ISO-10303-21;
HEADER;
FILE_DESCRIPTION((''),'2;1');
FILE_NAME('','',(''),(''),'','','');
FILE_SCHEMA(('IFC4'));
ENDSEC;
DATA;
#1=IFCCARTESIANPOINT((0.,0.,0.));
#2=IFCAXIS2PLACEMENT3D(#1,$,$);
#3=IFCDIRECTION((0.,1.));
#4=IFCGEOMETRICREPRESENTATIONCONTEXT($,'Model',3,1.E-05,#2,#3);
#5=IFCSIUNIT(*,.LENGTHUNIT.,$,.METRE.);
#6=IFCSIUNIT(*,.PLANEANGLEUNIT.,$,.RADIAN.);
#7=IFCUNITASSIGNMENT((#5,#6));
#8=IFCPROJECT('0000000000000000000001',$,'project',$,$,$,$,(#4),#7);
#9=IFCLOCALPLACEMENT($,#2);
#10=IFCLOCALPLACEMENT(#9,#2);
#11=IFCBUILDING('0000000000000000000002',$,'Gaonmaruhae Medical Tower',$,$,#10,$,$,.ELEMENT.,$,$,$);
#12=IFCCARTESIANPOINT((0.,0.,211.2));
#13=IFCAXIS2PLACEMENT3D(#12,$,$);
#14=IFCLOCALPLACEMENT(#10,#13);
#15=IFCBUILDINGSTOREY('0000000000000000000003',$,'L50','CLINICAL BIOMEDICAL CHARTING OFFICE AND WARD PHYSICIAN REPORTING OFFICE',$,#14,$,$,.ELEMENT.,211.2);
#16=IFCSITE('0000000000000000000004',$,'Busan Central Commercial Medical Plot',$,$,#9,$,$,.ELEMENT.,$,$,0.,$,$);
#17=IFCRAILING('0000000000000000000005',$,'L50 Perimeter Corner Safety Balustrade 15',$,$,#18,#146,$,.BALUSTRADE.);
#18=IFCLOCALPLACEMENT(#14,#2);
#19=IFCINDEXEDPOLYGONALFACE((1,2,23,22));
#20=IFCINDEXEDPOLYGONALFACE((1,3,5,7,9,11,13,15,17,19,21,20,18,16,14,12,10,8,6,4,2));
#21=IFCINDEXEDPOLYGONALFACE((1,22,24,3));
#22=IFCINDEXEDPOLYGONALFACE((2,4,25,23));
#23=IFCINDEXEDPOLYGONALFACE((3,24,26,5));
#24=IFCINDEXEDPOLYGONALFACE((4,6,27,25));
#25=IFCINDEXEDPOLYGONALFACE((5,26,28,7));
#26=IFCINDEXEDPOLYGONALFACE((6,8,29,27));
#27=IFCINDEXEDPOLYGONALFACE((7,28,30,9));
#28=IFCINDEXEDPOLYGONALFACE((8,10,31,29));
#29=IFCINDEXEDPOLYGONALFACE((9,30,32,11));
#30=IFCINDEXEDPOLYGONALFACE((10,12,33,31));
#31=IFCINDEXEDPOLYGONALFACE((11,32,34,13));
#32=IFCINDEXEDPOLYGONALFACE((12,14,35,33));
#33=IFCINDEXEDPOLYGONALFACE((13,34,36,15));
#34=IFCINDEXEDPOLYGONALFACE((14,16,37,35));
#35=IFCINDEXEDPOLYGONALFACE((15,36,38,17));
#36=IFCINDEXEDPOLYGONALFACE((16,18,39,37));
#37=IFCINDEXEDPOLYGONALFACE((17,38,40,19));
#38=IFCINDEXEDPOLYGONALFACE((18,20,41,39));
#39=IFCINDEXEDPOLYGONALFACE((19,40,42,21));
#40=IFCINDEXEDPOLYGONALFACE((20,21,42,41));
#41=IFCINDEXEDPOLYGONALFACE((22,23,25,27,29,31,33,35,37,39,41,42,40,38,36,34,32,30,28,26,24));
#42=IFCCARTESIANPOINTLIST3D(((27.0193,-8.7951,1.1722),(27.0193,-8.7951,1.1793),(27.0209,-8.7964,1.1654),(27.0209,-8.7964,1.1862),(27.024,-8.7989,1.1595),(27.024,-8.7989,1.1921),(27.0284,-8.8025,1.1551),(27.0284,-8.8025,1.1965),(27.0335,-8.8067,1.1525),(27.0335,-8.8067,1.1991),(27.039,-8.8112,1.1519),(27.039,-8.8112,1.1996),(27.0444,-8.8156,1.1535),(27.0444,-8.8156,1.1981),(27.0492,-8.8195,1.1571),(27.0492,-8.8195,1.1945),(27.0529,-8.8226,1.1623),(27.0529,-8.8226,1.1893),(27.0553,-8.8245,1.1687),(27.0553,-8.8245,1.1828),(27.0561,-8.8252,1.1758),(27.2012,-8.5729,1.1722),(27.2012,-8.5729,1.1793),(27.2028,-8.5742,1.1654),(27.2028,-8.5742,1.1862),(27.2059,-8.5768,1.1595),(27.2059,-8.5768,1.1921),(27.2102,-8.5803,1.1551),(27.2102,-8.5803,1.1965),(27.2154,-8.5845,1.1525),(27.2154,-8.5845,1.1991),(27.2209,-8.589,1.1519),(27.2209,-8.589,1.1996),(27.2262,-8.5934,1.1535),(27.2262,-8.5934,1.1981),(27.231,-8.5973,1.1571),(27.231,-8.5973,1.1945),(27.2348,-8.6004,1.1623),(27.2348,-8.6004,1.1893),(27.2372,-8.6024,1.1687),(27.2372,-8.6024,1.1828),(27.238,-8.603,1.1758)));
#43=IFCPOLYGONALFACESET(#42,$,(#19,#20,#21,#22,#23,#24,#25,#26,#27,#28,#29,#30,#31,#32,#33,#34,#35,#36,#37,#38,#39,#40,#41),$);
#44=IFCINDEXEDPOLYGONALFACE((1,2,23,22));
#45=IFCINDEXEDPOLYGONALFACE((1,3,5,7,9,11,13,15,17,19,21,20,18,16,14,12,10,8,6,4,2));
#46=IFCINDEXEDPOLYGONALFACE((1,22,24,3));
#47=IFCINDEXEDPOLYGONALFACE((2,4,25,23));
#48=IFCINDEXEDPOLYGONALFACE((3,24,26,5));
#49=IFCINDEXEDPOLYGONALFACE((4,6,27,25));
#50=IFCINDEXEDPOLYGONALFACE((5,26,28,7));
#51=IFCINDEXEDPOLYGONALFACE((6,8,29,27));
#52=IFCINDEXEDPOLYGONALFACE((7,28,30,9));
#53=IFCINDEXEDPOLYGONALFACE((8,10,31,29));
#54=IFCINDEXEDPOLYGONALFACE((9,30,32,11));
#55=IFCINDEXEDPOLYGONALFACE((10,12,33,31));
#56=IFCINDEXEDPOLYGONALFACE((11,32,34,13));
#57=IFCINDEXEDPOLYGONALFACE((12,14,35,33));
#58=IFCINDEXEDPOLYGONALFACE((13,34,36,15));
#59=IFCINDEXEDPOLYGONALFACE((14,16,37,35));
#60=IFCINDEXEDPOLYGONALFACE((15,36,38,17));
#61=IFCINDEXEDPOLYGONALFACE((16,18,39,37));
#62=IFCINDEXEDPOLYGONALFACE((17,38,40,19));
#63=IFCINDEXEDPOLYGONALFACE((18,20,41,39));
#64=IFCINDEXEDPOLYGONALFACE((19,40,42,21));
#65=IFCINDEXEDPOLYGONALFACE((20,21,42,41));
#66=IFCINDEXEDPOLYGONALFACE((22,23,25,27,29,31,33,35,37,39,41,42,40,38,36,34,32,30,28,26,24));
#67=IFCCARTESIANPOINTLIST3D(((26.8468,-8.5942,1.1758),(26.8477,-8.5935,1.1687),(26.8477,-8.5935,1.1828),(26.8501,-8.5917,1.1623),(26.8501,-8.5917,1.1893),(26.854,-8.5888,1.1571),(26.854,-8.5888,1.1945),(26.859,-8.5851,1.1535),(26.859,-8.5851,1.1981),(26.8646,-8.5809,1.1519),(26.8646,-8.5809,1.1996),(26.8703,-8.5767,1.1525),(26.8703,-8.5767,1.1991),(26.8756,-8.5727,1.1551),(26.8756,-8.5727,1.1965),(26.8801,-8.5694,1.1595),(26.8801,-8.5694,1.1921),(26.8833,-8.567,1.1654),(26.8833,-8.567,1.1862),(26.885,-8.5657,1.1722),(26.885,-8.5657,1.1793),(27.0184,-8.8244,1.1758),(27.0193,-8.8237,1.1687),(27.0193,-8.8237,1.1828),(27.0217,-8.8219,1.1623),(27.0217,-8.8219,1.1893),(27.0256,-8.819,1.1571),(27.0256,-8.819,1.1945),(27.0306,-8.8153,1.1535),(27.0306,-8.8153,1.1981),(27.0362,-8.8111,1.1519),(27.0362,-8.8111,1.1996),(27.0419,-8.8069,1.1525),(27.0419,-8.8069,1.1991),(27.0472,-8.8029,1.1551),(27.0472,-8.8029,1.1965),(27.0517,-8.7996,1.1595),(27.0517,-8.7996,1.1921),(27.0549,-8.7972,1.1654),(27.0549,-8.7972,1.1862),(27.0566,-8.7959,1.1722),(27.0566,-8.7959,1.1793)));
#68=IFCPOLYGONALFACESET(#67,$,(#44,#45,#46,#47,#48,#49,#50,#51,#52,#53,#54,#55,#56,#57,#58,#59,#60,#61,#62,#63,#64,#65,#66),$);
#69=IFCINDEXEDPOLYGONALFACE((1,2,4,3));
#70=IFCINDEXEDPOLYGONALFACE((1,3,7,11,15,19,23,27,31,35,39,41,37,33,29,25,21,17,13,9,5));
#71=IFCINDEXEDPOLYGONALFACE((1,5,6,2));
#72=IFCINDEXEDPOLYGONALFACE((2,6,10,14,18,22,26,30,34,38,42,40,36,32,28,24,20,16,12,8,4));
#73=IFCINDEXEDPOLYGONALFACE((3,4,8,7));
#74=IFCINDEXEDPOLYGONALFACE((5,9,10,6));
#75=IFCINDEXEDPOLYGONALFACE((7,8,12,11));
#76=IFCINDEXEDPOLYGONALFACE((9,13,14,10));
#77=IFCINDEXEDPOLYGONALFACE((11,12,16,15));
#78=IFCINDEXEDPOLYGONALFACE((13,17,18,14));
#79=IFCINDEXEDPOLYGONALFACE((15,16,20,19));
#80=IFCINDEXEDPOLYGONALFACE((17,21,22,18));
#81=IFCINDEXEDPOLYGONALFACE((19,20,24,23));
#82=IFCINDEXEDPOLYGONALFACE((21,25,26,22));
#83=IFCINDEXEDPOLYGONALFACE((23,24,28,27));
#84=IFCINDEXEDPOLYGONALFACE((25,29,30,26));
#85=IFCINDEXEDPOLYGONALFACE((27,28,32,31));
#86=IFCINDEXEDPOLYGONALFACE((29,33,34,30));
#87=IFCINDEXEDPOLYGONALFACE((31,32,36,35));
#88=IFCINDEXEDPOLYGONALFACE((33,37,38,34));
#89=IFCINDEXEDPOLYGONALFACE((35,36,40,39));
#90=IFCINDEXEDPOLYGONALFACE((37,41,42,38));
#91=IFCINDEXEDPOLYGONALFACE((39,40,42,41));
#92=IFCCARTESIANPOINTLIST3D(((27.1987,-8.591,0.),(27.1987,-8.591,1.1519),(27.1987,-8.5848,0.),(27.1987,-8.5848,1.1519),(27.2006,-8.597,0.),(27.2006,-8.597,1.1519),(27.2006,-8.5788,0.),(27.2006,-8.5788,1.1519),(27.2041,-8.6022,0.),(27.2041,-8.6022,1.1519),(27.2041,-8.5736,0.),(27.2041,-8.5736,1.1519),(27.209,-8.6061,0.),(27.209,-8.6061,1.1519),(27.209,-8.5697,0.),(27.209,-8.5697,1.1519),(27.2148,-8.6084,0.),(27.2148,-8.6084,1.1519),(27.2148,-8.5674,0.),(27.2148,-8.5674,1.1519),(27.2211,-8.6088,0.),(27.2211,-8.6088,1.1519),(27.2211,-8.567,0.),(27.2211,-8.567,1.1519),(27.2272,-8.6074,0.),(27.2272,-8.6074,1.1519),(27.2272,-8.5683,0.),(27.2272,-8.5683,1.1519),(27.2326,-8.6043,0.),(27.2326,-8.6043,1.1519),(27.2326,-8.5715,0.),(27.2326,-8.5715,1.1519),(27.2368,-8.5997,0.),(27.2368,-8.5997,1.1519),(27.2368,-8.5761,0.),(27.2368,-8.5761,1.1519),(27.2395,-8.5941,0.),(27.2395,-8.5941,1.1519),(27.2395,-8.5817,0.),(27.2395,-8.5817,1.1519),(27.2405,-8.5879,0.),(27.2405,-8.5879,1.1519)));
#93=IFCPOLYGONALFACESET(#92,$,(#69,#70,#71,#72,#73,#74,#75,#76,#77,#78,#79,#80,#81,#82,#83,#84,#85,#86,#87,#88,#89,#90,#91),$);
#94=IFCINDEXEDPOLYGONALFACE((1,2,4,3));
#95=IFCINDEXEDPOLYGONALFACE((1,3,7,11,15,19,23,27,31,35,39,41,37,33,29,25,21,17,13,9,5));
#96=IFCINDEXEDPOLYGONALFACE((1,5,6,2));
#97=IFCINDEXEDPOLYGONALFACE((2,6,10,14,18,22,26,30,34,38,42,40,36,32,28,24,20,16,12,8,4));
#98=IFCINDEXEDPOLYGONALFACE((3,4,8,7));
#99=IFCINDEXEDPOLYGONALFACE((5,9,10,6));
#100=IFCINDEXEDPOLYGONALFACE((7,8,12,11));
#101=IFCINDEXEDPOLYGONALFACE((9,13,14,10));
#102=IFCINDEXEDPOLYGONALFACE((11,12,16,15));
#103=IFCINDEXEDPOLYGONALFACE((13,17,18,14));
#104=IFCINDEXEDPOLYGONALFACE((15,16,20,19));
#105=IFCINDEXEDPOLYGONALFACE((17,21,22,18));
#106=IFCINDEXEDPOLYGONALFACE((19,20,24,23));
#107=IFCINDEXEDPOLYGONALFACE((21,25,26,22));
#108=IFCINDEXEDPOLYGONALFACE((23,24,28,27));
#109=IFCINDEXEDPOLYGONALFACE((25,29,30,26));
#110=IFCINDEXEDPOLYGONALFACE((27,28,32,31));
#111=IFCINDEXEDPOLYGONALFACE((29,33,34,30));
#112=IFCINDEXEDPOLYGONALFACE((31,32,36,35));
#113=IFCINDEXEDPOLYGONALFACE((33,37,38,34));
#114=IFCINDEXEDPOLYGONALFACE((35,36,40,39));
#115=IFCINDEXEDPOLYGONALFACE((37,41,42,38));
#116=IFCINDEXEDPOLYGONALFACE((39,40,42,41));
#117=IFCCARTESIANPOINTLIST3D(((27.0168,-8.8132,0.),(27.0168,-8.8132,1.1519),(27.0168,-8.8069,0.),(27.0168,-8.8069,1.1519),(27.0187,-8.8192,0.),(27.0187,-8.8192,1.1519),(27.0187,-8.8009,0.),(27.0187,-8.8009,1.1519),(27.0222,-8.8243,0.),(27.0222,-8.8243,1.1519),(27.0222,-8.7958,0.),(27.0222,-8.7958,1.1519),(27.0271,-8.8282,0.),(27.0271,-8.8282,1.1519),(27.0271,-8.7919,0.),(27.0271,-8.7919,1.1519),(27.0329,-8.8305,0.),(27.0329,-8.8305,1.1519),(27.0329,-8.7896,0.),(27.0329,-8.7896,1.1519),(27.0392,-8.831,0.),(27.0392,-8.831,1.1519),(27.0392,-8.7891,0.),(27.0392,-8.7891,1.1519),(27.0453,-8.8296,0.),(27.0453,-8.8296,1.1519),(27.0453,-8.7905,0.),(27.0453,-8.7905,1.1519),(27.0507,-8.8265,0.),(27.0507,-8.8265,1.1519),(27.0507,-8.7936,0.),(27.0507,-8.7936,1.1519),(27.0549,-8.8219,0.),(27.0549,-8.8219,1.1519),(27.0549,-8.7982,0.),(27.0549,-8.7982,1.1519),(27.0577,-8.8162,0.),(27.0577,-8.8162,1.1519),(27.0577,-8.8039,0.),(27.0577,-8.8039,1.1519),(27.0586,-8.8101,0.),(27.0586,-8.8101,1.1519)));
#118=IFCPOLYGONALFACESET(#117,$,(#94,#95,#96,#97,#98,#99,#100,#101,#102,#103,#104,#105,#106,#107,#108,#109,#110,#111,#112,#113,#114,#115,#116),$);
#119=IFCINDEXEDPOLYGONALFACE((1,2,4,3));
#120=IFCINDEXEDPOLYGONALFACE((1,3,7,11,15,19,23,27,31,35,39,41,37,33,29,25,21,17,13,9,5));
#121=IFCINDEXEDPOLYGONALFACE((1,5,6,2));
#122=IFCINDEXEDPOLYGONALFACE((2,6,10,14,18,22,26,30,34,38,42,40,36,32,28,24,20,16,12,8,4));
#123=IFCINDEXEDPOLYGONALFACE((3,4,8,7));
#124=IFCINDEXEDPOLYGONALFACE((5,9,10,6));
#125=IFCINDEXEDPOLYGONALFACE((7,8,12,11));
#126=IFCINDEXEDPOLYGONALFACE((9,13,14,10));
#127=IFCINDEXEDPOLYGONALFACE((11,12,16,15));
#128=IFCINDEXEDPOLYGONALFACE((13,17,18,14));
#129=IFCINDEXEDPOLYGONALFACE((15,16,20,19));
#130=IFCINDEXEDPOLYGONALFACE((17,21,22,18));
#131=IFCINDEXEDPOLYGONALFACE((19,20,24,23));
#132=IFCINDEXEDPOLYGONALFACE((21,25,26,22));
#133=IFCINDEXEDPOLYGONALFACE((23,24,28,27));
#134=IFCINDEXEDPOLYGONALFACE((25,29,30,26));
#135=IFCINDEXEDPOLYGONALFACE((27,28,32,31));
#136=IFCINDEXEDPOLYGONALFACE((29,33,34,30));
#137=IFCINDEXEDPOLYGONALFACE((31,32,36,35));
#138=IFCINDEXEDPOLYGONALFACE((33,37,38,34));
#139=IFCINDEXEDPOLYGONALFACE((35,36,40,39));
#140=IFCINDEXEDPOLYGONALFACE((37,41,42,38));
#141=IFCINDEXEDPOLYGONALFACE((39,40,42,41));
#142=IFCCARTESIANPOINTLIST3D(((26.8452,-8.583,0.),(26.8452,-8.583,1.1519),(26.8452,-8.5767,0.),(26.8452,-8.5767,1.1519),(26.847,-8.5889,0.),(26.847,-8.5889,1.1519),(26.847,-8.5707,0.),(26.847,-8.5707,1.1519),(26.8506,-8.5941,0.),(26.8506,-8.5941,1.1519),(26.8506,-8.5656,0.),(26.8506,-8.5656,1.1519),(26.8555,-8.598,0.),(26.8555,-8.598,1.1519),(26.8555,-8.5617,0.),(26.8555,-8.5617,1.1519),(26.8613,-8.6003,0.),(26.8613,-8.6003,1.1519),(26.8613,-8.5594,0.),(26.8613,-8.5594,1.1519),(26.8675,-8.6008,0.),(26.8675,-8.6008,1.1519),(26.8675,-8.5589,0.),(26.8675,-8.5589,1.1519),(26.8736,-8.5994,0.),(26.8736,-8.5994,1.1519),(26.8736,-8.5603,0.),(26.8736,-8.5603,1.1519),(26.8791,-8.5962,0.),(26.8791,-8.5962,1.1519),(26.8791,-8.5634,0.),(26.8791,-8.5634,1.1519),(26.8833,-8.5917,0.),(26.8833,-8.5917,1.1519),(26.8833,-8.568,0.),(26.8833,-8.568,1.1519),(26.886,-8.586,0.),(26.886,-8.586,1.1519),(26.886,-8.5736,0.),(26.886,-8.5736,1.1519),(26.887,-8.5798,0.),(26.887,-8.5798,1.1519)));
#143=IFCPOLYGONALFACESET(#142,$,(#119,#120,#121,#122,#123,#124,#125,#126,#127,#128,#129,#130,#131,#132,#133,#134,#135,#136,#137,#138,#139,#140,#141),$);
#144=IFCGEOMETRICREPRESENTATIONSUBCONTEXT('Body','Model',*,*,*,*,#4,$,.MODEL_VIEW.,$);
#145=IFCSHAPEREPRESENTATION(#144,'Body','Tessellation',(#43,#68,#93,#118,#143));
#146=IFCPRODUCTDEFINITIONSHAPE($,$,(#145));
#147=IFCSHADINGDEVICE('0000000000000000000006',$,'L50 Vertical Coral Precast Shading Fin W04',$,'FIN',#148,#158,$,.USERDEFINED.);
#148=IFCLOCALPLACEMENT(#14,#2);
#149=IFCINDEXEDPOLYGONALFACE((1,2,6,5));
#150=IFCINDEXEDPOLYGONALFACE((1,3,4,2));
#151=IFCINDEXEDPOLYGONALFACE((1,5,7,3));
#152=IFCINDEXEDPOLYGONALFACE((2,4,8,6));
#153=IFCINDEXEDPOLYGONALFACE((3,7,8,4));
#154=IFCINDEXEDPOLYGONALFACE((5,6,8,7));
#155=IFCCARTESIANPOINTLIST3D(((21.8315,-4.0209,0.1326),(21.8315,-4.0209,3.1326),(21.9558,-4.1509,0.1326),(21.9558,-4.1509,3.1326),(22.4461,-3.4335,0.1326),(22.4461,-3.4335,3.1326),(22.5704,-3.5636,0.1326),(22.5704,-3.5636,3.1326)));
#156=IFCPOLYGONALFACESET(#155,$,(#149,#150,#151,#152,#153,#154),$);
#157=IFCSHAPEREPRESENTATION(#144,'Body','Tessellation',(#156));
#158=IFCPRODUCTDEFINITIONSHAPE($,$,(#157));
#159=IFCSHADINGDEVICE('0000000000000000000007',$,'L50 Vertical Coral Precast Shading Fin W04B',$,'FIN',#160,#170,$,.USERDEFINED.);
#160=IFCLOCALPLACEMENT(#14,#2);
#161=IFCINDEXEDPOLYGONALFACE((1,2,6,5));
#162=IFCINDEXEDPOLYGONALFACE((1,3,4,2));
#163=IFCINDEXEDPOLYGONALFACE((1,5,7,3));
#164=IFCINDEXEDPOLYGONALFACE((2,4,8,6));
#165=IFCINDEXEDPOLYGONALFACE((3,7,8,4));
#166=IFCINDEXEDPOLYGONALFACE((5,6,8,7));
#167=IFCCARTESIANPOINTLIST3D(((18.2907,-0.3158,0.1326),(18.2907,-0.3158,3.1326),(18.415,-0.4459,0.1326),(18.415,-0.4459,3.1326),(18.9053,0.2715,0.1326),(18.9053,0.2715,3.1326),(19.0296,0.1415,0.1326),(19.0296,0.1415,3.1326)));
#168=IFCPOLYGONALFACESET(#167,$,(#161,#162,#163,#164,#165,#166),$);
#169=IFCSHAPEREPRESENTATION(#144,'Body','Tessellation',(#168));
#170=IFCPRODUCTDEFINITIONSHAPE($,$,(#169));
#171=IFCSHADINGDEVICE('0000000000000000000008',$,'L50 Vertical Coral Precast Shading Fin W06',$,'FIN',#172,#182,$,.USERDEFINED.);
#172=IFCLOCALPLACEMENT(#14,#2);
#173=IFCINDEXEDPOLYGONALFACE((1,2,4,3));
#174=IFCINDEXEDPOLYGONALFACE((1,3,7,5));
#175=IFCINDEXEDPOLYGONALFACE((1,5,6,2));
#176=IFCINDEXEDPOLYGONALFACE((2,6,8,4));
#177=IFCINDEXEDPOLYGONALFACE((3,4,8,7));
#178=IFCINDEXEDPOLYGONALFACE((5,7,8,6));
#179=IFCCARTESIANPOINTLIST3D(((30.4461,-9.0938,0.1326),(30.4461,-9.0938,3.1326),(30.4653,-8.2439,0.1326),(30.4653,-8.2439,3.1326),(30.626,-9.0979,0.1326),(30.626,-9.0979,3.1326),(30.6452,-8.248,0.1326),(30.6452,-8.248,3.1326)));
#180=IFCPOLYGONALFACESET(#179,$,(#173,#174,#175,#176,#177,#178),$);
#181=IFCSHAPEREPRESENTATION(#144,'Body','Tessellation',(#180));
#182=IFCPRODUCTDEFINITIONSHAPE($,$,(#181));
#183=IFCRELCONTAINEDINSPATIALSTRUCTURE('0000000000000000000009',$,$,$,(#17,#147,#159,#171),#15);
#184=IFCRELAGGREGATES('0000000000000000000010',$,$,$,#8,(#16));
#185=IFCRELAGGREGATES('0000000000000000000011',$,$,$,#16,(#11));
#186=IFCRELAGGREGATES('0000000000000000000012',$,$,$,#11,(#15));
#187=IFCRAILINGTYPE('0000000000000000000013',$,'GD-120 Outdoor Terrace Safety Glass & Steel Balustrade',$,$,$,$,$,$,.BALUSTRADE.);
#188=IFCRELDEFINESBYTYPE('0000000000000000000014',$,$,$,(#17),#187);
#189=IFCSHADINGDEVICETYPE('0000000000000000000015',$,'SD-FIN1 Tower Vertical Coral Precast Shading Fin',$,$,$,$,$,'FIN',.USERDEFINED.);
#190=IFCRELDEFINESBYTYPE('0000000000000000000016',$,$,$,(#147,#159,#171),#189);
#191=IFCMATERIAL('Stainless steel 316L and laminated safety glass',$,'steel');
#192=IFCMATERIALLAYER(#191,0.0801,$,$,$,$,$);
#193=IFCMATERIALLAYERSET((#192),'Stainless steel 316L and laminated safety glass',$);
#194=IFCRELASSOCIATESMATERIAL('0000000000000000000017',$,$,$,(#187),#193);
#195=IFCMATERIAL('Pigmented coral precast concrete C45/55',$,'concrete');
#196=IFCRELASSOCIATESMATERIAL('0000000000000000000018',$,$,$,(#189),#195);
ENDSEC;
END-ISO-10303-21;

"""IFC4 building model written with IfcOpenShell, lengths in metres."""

from ifc_helpers import new_model, si_unit, direction, frame, origin, origin_2d, place, context, subcontext, project, spatial, rectangle, circle, extrude, material, layer, layer_set, type_object, element, save


model = new_model("IFC4")

# Units and contexts
model_context = context("Model", 3, precision=1e-05, world=origin(), true_north=direction((0.0, 1.0)))
body_context = subcontext(model_context, "Body", "Model", "MODEL_VIEW")
ifc_project = project(units=[si_unit("LENGTHUNIT", "METRE"), si_unit("PLANEANGLEUNIT", "RADIAN")], contexts=[model_context])

# Site, building, storey
site_placement = place(None, origin())
site = spatial("IfcSite", under=ifc_project, at=site_placement, Name="Busan Central Commercial Medical Plot", CompositionType="ELEMENT", RefElevation=0.0)
building_placement = place(site_placement, origin())
building = spatial("IfcBuilding", under=site, at=building_placement, Name="Gaonmaruhae Medical Tower", CompositionType="ELEMENT")
storey_placement = place(building_placement, frame((0.0, 0.0, 211.2)))
storey = spatial("IfcBuildingStorey", under=building, at=storey_placement, Name="L50", Description="CLINICAL BIOMEDICAL CHARTING OFFICE AND WARD PHYSICIAN REPORTING OFFICE", CompositionType="ELEMENT", Elevation=211.2)

# Railing
ifc_material_1 = material(Name="Stainless steel 316L and laminated safety glass", Category="steel")
ifc_layer_1 = layer(ifc_material_1, 0.0801)
ifc_layer_set_1 = layer_set([ifc_layer_1], Name="Stainless steel 316L and laminated safety glass")
railing_type = type_object("IfcRailingType", Name="GD-120 Outdoor Terrace Safety Glass & Steel Balustrade", PredefinedType="BALUSTRADE", material=ifc_layer_set_1)
for number, where, name in (
    (1, (27.2195, -8.5879, 0.0), "L50 Perimeter Corner Safety Balustrade 15"),
):
    element("IfcRailing", number, at=place(storey_placement, frame(where)), inside=storey, type_object=railing_type, Name=name, PredefinedType="BALUSTRADE", context=body_context, shape_type="SweptSolid", body=[
        extrude(circle(Radius=0.0239, at=origin_2d()), frame((0.0, 0.0, 1.1758), z_axis=(-0.633469, -0.773768, 0.0), x_axis=(0.773768, -0.633469, 0.0)), (0.0, 0.0, 1.0), 0.2871),
        extrude(circle(Radius=0.0239, at=origin_2d()), frame((-0.1819, -0.2222, 1.1758), z_axis=(-0.597685, 0.801731, 0.0), x_axis=(-0.801731, -0.597685, 0.0)), (0.0, 0.0, 1.0), 0.2871),
        extrude(circle(Radius=0.021, at=origin_2d()), origin(), (0.0, 0.0, 1.0), 1.1519),
        extrude(circle(Radius=0.021, at=origin_2d()), frame((-0.1819, -0.2222, 0.0)), (0.0, 0.0, 1.0), 1.1519),
        extrude(circle(Radius=0.021, at=origin_2d()), frame((-0.3535, 0.0081, 0.0)), (0.0, 0.0, 1.0), 1.1519),
    ])

# Shading devices
ifc_material_2 = material(Name="Pigmented coral precast concrete C45/55", Category="concrete")
shading_device_type = type_object("IfcShadingDeviceType", Name="SD-FIN1 Tower Vertical Coral Precast Shading Fin", ElementType="FIN", PredefinedType="USERDEFINED", material=ifc_material_2)
for number, where, z_axis, x_axis, name in (
    (2, (22.2009, -3.7922, 0.1326), (0.0, 0.0, 1.0), (-0.690882, 0.722967, 0.0), "L50 Vertical Coral Precast Shading Fin W04"),
    (3, (18.6602, -0.0872, 0.1326), (0.0, 0.0, 1.0), (-0.690882, 0.722967, 0.0), "L50 Vertical Coral Precast Shading Fin W04B"),
    (4, (30.5457, -8.6709, 0.1326), (0.0, 0.0, 1.0), (-0.999743, 0.02267, 0.0), "L50 Vertical Coral Precast Shading Fin W06"),
):
    element("IfcShadingDevice", number, at=place(storey_placement, frame(where, z_axis=z_axis, x_axis=x_axis)), inside=storey, type_object=shading_device_type, Name=name, ObjectType="FIN", PredefinedType="USERDEFINED", context=body_context, shape_type="SweptSolid", body=[
        extrude(rectangle(XDim=0.1799, YDim=0.8501, at=origin_2d()), origin(), (0.0, 0.0, 1.0), 3.0),
    ])

save(model, "model.ifc")
